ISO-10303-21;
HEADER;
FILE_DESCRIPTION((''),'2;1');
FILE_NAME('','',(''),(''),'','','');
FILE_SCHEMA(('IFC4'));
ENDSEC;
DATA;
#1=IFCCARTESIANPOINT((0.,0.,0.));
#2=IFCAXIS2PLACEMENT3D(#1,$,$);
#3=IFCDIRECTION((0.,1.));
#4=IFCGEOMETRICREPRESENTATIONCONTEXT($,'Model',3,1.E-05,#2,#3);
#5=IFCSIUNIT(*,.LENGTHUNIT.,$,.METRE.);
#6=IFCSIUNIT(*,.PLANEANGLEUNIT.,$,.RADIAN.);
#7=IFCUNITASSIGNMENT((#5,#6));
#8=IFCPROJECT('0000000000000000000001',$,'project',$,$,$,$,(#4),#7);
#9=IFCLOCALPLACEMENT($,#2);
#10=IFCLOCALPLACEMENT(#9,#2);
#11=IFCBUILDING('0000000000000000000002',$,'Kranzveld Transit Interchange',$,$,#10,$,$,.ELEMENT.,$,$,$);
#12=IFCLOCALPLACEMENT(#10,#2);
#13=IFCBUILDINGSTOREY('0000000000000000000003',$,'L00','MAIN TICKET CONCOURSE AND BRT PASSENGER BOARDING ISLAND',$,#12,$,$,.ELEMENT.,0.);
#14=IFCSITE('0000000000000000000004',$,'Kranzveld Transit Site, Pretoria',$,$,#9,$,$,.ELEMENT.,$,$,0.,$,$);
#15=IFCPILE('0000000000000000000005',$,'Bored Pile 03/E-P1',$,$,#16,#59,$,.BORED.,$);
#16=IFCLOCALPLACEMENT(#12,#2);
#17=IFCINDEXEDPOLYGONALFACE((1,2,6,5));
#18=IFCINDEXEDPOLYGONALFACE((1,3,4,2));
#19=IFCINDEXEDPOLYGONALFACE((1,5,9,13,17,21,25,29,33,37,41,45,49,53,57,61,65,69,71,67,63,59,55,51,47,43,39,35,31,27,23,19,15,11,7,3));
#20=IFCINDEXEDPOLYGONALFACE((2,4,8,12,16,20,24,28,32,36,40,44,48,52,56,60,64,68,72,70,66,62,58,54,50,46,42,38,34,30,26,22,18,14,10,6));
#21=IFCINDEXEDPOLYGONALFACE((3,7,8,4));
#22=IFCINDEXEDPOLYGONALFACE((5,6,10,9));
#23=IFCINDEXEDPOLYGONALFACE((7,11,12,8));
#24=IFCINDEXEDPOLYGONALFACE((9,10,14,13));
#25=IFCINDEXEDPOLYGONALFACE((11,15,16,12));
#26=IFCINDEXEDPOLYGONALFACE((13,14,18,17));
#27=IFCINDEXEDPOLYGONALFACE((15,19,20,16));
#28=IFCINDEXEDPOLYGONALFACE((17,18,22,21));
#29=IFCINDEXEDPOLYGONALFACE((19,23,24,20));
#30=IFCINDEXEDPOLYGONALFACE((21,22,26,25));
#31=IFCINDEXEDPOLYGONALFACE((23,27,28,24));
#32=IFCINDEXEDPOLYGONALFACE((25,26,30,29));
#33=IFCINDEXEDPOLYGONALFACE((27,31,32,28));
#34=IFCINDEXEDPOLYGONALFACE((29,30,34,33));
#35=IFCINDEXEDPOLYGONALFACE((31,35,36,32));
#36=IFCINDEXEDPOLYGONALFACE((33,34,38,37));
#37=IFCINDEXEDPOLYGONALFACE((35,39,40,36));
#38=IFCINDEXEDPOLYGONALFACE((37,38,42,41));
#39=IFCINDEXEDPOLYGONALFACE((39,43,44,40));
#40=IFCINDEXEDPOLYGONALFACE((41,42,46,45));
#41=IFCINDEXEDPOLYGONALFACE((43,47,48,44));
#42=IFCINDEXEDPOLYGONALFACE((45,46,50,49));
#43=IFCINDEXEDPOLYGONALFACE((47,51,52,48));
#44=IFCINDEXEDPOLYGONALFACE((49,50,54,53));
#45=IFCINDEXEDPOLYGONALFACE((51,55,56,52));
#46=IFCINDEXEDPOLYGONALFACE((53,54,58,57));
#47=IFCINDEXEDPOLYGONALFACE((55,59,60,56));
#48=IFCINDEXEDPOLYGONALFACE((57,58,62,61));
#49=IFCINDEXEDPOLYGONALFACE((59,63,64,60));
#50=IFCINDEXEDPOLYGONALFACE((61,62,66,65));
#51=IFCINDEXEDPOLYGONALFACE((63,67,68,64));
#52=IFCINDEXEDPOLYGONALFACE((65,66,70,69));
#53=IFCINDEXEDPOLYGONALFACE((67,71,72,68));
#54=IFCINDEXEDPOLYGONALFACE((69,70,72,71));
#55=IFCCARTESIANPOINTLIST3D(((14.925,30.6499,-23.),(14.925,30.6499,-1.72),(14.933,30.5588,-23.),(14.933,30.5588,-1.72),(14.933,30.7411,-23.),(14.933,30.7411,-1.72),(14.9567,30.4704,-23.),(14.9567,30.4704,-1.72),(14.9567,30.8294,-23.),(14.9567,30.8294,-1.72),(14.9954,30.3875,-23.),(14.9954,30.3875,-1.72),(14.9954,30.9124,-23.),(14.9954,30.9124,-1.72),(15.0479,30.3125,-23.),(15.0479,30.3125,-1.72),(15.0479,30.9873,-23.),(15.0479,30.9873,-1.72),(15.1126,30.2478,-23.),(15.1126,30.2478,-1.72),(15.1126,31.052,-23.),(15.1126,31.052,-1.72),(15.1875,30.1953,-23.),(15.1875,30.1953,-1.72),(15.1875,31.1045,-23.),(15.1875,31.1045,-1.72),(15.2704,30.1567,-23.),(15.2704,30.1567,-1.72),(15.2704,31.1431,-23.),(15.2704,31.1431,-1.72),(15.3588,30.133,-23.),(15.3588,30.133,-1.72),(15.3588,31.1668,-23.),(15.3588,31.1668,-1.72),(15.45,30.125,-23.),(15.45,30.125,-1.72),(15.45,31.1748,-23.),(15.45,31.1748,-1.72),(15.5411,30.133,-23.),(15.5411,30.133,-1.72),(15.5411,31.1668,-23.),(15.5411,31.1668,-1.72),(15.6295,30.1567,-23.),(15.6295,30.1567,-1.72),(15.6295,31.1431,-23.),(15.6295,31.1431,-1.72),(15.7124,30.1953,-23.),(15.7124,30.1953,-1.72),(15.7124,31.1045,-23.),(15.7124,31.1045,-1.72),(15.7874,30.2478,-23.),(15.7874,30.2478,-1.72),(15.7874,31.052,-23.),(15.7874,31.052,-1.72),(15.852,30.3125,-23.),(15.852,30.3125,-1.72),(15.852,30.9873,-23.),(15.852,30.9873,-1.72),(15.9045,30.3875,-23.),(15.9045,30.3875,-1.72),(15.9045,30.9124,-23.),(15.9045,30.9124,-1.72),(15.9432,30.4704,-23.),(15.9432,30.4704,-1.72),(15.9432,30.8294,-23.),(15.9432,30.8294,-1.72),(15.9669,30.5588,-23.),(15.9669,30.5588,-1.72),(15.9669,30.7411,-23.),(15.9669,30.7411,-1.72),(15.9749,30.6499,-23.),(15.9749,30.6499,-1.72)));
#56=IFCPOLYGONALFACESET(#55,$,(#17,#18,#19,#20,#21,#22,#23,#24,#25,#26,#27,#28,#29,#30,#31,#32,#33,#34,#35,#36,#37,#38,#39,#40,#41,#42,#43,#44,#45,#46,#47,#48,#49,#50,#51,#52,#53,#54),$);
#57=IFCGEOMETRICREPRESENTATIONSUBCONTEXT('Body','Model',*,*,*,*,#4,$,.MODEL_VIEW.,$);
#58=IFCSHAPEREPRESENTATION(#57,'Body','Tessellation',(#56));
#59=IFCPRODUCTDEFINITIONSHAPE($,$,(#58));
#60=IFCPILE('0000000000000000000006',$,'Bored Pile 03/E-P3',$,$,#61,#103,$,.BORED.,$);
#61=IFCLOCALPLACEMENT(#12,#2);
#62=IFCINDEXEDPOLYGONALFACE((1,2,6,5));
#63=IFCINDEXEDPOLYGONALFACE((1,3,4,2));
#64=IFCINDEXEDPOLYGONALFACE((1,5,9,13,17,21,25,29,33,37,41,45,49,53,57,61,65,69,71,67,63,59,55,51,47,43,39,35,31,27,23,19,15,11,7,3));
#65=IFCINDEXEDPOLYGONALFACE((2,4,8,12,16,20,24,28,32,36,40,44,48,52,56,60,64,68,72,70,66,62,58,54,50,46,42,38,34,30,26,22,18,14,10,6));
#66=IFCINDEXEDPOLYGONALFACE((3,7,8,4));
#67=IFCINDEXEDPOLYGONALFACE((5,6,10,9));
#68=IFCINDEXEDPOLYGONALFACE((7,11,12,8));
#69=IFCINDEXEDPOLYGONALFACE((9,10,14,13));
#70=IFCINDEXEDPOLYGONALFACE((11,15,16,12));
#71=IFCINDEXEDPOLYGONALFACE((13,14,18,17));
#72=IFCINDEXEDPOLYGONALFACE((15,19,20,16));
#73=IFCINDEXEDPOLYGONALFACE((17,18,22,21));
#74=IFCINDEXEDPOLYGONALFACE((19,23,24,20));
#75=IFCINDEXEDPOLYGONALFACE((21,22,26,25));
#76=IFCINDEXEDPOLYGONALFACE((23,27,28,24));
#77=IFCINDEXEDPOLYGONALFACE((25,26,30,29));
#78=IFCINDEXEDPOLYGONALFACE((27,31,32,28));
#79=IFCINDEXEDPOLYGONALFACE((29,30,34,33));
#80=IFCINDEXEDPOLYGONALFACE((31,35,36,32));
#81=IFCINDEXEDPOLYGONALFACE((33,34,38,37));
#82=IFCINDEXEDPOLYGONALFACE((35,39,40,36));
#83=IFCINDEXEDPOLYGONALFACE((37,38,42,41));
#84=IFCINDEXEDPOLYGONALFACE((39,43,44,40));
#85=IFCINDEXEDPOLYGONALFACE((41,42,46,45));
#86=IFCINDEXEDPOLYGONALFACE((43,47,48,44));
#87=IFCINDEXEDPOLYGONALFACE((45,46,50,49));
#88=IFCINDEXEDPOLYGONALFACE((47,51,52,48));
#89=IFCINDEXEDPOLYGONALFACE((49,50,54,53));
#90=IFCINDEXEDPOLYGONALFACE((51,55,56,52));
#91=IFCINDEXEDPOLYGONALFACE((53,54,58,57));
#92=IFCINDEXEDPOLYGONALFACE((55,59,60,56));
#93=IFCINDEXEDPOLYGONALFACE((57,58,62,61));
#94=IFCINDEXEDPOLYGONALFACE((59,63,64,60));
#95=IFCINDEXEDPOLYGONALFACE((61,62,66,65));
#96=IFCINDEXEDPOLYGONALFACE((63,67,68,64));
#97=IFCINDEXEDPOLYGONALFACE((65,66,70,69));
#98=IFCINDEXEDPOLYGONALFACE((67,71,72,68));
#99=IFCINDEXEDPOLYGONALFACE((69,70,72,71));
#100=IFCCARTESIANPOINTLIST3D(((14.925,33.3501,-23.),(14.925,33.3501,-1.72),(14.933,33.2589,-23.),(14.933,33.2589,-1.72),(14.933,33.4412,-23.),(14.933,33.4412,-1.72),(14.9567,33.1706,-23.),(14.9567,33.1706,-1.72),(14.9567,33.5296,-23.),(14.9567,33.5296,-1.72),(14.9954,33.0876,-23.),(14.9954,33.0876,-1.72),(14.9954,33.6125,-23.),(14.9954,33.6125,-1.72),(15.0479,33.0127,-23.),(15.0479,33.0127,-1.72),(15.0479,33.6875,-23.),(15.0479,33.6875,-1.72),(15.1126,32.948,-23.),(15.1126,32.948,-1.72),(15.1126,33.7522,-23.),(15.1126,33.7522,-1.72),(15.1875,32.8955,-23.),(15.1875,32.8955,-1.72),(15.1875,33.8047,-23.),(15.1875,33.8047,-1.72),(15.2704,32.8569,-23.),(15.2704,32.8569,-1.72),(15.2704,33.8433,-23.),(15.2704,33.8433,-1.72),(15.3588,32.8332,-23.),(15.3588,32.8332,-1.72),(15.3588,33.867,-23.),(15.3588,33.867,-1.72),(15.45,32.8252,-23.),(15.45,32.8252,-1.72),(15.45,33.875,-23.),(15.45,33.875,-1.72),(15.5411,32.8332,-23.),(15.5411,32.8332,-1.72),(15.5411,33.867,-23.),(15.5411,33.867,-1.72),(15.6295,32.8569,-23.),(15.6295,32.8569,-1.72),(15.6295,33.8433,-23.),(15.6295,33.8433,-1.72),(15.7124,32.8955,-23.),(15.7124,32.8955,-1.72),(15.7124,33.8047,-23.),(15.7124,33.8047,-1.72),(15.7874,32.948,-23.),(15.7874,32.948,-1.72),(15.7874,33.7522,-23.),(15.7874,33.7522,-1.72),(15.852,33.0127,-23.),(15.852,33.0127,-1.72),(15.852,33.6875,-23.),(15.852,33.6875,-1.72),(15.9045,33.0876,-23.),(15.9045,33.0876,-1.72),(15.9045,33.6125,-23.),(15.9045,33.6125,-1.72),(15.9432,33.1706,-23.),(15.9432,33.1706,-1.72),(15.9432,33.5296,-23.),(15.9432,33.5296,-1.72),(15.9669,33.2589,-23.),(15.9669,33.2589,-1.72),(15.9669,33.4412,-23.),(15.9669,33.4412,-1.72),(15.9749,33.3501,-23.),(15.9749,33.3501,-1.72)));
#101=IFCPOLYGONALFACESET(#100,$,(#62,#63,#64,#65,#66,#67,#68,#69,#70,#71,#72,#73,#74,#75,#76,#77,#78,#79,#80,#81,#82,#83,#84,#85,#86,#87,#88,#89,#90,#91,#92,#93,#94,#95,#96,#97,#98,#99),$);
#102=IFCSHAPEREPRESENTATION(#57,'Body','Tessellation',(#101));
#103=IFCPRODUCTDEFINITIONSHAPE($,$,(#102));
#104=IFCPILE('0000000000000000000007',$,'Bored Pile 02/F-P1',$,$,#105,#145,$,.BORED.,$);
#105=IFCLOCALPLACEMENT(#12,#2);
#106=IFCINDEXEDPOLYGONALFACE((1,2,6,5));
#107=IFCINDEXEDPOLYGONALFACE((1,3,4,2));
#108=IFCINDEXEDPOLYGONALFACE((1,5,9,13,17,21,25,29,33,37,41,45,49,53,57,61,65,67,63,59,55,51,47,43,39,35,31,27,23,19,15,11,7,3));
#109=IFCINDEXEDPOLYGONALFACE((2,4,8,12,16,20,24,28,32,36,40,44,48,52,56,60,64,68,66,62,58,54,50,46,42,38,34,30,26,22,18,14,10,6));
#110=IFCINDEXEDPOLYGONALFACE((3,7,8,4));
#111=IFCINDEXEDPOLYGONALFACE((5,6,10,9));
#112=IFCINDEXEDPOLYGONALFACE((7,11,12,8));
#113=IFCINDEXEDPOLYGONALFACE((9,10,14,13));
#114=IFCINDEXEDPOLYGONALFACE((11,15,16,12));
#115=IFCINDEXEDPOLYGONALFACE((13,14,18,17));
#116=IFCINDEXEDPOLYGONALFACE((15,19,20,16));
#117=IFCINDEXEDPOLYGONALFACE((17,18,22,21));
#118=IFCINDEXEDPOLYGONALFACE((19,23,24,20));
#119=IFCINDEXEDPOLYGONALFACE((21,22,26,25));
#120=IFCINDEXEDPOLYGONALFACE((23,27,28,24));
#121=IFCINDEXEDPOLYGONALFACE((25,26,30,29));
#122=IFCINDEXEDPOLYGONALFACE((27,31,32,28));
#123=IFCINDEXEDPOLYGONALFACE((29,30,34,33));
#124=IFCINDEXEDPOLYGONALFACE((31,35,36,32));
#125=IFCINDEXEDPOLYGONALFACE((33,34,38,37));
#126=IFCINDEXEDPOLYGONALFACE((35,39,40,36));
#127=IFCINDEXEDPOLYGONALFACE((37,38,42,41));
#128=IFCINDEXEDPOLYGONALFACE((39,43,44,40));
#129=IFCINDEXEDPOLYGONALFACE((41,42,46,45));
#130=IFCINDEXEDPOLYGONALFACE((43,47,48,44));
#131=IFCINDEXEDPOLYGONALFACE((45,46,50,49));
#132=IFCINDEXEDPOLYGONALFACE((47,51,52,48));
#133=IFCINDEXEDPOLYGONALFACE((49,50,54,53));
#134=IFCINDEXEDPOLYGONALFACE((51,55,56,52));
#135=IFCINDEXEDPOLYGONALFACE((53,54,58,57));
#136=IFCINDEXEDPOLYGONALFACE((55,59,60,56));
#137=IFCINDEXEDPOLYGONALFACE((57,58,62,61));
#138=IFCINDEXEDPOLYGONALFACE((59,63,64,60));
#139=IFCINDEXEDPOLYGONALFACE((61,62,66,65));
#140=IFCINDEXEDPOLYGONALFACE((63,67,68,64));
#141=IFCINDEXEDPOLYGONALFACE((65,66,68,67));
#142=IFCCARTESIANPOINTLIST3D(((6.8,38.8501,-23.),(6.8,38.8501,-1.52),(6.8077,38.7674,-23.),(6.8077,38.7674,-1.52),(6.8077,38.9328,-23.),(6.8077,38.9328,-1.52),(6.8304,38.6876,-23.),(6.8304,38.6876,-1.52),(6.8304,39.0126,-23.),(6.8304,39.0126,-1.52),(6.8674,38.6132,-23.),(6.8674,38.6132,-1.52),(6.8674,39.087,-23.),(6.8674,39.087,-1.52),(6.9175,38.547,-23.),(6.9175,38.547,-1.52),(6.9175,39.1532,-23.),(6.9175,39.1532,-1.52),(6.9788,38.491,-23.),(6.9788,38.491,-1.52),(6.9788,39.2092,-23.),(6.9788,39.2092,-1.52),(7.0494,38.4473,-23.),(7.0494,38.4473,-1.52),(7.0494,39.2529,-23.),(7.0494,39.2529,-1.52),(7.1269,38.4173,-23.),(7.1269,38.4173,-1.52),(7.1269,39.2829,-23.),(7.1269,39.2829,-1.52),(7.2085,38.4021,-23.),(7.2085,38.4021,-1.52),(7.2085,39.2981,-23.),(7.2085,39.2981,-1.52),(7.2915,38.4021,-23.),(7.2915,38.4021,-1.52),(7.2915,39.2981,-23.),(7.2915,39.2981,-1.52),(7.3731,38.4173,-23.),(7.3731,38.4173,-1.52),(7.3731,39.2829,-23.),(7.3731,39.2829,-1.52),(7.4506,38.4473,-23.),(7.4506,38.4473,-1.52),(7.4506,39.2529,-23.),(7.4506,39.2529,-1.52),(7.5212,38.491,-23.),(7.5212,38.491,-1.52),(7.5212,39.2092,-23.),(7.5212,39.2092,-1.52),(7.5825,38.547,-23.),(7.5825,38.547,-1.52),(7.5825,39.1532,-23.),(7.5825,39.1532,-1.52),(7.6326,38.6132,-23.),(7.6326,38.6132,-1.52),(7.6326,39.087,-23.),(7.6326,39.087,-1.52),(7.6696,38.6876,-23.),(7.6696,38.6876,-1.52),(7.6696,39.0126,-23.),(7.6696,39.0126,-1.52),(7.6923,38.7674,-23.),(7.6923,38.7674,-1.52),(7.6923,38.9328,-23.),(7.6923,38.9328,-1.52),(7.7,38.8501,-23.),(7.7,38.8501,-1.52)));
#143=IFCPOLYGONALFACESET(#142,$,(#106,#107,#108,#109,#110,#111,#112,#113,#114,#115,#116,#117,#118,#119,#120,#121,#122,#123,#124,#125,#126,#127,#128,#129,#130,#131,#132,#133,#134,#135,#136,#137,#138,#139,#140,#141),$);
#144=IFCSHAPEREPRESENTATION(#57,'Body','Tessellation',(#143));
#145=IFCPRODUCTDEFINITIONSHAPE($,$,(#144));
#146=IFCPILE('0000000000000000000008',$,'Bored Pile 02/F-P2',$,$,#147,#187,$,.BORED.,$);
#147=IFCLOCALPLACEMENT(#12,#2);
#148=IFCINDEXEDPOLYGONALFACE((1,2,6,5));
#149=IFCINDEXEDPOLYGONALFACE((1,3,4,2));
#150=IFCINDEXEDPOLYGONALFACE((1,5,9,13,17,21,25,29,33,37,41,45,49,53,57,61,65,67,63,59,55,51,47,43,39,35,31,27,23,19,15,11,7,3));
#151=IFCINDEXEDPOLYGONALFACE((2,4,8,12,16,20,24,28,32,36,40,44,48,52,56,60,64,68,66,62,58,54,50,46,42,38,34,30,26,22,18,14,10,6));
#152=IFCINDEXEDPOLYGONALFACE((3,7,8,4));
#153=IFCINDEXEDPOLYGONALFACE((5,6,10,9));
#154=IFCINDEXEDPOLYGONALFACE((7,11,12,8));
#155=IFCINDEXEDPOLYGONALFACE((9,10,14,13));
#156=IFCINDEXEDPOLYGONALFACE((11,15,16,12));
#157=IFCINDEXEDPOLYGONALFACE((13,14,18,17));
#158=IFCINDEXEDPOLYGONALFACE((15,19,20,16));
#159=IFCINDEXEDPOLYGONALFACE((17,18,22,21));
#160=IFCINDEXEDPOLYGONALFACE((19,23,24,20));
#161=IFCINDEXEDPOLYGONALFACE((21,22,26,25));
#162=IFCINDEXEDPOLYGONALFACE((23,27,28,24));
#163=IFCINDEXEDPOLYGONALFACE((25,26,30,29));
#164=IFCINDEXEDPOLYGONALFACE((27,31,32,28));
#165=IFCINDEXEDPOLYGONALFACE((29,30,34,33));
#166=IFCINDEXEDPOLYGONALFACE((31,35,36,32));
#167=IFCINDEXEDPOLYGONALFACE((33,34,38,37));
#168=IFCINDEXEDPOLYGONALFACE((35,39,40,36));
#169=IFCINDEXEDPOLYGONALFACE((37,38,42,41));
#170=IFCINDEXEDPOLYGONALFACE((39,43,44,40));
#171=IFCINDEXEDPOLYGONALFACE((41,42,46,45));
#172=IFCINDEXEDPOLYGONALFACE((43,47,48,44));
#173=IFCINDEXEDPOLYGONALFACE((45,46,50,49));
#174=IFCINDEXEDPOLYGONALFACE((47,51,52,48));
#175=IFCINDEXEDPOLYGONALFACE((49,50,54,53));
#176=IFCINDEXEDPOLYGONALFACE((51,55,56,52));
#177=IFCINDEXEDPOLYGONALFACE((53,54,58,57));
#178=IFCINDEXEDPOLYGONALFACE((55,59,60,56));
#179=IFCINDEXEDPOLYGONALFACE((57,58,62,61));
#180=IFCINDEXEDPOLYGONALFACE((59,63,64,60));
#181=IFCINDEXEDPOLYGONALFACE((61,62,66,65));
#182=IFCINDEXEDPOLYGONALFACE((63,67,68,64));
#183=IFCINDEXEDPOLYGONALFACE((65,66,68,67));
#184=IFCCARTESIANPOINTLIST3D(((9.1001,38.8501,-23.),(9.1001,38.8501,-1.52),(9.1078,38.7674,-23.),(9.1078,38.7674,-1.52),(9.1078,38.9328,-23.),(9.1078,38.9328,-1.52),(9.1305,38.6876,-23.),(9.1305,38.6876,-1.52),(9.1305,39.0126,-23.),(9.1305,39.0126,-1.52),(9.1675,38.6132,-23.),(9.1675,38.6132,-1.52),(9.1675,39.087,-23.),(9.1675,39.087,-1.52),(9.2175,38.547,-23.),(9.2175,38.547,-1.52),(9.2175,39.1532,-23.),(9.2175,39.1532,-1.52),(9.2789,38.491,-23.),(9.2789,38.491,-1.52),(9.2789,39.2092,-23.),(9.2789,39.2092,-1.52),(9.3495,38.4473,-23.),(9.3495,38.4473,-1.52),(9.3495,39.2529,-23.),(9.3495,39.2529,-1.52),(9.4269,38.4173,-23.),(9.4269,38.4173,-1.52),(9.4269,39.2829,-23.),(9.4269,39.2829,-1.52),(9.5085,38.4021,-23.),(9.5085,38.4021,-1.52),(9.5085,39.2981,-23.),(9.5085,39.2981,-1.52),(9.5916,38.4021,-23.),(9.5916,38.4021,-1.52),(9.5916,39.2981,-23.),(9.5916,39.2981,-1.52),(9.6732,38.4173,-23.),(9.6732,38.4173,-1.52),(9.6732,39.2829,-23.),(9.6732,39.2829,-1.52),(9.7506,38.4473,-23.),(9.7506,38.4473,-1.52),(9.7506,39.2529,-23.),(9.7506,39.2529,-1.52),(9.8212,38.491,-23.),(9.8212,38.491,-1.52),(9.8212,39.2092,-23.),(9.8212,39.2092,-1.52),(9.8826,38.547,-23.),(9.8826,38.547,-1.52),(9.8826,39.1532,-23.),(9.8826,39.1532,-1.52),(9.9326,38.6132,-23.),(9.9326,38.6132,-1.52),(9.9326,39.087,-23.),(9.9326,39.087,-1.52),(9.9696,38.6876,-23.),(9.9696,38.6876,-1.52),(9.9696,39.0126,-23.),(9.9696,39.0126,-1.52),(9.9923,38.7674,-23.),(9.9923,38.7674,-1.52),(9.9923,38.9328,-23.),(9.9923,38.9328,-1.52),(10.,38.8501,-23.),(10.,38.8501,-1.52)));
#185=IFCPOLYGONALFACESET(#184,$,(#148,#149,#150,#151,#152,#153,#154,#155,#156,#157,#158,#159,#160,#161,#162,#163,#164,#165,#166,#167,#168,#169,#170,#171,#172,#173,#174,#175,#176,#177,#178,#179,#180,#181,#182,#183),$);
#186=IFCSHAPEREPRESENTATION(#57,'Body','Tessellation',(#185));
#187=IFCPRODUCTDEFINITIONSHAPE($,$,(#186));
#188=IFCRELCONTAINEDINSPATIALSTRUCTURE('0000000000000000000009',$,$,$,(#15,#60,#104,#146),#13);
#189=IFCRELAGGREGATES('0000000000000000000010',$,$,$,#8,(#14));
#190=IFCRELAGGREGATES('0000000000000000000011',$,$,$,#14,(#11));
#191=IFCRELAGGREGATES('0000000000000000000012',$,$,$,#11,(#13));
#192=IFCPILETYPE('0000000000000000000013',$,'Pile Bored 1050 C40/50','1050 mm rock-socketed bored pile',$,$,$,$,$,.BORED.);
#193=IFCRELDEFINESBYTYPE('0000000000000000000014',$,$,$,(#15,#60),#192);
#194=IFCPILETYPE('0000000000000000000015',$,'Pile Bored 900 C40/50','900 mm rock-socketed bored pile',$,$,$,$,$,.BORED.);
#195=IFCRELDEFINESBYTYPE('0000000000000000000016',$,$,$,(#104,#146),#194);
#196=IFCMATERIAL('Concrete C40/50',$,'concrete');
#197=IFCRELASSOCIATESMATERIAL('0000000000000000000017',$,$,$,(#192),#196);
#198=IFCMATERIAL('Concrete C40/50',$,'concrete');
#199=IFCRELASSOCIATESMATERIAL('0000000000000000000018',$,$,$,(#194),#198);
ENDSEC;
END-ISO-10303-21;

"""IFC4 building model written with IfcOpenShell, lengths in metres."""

from ifc_helpers import new_model, si_unit, direction, frame, origin, origin_2d, place, context, subcontext, project, spatial, circle, extrude, material, material_profile, profile_set, type_object, element, save


model = new_model("IFC4")

# Units and contexts
model_context = context("Model", 3, precision=1e-05, world=origin(), true_north=direction((0.0, 1.0)))
body_context = subcontext(model_context, "Body", "Model", "MODEL_VIEW")
ifc_project = project(units=[si_unit("LENGTHUNIT", "METRE"), si_unit("PLANEANGLEUNIT", "RADIAN")], contexts=[model_context])

# Site, building, storey
site_placement = place(None, origin())
site = spatial("IfcSite", under=ifc_project, at=site_placement, Name="Kranzveld Transit Site, Pretoria", CompositionType="ELEMENT", RefElevation=0.0)
building_placement = place(site_placement, origin())
building = spatial("IfcBuilding", under=site, at=building_placement, Name="Kranzveld Transit Interchange", CompositionType="ELEMENT")
storey_placement = place(building_placement, origin())
storey = spatial("IfcBuildingStorey", under=building, at=storey_placement, Name="L00", Description="MAIN TICKET CONCOURSE AND BRT PASSENGER BOARDING ISLAND", CompositionType="ELEMENT", Elevation=0.0)

# Piles
ifc_material_1 = material(Name="Concrete C40/50", Category="concrete")
ifc_material_profile_1 = material_profile(ifc_material_1, circle(Radius=0.5249, at=origin_2d()), Name="BORED PILE 1050")
ifc_profile_set_1 = profile_set([ifc_material_profile_1], Name="Concrete C40/50")
pile_type_1 = type_object("IfcPileType", Name="Pile Bored 1050 C40/50", Description="1050 mm rock-socketed bored pile", PredefinedType="BORED", material=ifc_profile_set_1)
for number, where, z_axis, x_axis, name in (
    (1, (15.45, 30.6499, -1.72), (0.0, 0.0, -1.0), (1.0, 0.0, 0.0), "Bored Pile 03/E-P1"),
    (2, (15.45, 33.3501, -1.72), (0.0, 0.0, -1.0), (1.0, 0.0, 0.0), "Bored Pile 03/E-P3"),
):
    element("IfcPile", number, at=place(storey_placement, frame(where, z_axis=z_axis, x_axis=x_axis)), inside=storey, type_object=pile_type_1, Name=name, PredefinedType="BORED", context=body_context, shape_type="SweptSolid", body=[
        extrude(circle(Radius=0.5249, at=origin_2d()), origin(), (0.0, 0.0, 1.0), 21.28),
    ])
ifc_material_2 = material(Name="Concrete C40/50", Category="concrete")
ifc_material_profile_2 = material_profile(ifc_material_2, circle(Radius=0.45, at=origin_2d()), Name="BORED PILE 900")
ifc_profile_set_2 = profile_set([ifc_material_profile_2], Name="Concrete C40/50")
pile_type_2 = type_object("IfcPileType", Name="Pile Bored 900 C40/50", Description="900 mm rock-socketed bored pile", PredefinedType="BORED", material=ifc_profile_set_2)
for number, where, z_axis, x_axis, name in (
    (3, (7.25, 38.8501, -1.52), (0.0, 0.0, -1.0), (1.0, 0.0, 0.0), "Bored Pile 02/F-P1"),
    (4, (9.55, 38.8501, -1.52), (0.0, 0.0, -1.0), (1.0, 0.0, 0.0), "Bored Pile 02/F-P2"),
):
    element("IfcPile", number, at=place(storey_placement, frame(where, z_axis=z_axis, x_axis=x_axis)), inside=storey, type_object=pile_type_2, Name=name, PredefinedType="BORED", context=body_context, shape_type="SweptSolid", body=[
        extrude(circle(Radius=0.45, at=origin_2d()), origin(), (0.0, 0.0, 1.0), 21.48),
    ])

save(model, "model.ifc")
